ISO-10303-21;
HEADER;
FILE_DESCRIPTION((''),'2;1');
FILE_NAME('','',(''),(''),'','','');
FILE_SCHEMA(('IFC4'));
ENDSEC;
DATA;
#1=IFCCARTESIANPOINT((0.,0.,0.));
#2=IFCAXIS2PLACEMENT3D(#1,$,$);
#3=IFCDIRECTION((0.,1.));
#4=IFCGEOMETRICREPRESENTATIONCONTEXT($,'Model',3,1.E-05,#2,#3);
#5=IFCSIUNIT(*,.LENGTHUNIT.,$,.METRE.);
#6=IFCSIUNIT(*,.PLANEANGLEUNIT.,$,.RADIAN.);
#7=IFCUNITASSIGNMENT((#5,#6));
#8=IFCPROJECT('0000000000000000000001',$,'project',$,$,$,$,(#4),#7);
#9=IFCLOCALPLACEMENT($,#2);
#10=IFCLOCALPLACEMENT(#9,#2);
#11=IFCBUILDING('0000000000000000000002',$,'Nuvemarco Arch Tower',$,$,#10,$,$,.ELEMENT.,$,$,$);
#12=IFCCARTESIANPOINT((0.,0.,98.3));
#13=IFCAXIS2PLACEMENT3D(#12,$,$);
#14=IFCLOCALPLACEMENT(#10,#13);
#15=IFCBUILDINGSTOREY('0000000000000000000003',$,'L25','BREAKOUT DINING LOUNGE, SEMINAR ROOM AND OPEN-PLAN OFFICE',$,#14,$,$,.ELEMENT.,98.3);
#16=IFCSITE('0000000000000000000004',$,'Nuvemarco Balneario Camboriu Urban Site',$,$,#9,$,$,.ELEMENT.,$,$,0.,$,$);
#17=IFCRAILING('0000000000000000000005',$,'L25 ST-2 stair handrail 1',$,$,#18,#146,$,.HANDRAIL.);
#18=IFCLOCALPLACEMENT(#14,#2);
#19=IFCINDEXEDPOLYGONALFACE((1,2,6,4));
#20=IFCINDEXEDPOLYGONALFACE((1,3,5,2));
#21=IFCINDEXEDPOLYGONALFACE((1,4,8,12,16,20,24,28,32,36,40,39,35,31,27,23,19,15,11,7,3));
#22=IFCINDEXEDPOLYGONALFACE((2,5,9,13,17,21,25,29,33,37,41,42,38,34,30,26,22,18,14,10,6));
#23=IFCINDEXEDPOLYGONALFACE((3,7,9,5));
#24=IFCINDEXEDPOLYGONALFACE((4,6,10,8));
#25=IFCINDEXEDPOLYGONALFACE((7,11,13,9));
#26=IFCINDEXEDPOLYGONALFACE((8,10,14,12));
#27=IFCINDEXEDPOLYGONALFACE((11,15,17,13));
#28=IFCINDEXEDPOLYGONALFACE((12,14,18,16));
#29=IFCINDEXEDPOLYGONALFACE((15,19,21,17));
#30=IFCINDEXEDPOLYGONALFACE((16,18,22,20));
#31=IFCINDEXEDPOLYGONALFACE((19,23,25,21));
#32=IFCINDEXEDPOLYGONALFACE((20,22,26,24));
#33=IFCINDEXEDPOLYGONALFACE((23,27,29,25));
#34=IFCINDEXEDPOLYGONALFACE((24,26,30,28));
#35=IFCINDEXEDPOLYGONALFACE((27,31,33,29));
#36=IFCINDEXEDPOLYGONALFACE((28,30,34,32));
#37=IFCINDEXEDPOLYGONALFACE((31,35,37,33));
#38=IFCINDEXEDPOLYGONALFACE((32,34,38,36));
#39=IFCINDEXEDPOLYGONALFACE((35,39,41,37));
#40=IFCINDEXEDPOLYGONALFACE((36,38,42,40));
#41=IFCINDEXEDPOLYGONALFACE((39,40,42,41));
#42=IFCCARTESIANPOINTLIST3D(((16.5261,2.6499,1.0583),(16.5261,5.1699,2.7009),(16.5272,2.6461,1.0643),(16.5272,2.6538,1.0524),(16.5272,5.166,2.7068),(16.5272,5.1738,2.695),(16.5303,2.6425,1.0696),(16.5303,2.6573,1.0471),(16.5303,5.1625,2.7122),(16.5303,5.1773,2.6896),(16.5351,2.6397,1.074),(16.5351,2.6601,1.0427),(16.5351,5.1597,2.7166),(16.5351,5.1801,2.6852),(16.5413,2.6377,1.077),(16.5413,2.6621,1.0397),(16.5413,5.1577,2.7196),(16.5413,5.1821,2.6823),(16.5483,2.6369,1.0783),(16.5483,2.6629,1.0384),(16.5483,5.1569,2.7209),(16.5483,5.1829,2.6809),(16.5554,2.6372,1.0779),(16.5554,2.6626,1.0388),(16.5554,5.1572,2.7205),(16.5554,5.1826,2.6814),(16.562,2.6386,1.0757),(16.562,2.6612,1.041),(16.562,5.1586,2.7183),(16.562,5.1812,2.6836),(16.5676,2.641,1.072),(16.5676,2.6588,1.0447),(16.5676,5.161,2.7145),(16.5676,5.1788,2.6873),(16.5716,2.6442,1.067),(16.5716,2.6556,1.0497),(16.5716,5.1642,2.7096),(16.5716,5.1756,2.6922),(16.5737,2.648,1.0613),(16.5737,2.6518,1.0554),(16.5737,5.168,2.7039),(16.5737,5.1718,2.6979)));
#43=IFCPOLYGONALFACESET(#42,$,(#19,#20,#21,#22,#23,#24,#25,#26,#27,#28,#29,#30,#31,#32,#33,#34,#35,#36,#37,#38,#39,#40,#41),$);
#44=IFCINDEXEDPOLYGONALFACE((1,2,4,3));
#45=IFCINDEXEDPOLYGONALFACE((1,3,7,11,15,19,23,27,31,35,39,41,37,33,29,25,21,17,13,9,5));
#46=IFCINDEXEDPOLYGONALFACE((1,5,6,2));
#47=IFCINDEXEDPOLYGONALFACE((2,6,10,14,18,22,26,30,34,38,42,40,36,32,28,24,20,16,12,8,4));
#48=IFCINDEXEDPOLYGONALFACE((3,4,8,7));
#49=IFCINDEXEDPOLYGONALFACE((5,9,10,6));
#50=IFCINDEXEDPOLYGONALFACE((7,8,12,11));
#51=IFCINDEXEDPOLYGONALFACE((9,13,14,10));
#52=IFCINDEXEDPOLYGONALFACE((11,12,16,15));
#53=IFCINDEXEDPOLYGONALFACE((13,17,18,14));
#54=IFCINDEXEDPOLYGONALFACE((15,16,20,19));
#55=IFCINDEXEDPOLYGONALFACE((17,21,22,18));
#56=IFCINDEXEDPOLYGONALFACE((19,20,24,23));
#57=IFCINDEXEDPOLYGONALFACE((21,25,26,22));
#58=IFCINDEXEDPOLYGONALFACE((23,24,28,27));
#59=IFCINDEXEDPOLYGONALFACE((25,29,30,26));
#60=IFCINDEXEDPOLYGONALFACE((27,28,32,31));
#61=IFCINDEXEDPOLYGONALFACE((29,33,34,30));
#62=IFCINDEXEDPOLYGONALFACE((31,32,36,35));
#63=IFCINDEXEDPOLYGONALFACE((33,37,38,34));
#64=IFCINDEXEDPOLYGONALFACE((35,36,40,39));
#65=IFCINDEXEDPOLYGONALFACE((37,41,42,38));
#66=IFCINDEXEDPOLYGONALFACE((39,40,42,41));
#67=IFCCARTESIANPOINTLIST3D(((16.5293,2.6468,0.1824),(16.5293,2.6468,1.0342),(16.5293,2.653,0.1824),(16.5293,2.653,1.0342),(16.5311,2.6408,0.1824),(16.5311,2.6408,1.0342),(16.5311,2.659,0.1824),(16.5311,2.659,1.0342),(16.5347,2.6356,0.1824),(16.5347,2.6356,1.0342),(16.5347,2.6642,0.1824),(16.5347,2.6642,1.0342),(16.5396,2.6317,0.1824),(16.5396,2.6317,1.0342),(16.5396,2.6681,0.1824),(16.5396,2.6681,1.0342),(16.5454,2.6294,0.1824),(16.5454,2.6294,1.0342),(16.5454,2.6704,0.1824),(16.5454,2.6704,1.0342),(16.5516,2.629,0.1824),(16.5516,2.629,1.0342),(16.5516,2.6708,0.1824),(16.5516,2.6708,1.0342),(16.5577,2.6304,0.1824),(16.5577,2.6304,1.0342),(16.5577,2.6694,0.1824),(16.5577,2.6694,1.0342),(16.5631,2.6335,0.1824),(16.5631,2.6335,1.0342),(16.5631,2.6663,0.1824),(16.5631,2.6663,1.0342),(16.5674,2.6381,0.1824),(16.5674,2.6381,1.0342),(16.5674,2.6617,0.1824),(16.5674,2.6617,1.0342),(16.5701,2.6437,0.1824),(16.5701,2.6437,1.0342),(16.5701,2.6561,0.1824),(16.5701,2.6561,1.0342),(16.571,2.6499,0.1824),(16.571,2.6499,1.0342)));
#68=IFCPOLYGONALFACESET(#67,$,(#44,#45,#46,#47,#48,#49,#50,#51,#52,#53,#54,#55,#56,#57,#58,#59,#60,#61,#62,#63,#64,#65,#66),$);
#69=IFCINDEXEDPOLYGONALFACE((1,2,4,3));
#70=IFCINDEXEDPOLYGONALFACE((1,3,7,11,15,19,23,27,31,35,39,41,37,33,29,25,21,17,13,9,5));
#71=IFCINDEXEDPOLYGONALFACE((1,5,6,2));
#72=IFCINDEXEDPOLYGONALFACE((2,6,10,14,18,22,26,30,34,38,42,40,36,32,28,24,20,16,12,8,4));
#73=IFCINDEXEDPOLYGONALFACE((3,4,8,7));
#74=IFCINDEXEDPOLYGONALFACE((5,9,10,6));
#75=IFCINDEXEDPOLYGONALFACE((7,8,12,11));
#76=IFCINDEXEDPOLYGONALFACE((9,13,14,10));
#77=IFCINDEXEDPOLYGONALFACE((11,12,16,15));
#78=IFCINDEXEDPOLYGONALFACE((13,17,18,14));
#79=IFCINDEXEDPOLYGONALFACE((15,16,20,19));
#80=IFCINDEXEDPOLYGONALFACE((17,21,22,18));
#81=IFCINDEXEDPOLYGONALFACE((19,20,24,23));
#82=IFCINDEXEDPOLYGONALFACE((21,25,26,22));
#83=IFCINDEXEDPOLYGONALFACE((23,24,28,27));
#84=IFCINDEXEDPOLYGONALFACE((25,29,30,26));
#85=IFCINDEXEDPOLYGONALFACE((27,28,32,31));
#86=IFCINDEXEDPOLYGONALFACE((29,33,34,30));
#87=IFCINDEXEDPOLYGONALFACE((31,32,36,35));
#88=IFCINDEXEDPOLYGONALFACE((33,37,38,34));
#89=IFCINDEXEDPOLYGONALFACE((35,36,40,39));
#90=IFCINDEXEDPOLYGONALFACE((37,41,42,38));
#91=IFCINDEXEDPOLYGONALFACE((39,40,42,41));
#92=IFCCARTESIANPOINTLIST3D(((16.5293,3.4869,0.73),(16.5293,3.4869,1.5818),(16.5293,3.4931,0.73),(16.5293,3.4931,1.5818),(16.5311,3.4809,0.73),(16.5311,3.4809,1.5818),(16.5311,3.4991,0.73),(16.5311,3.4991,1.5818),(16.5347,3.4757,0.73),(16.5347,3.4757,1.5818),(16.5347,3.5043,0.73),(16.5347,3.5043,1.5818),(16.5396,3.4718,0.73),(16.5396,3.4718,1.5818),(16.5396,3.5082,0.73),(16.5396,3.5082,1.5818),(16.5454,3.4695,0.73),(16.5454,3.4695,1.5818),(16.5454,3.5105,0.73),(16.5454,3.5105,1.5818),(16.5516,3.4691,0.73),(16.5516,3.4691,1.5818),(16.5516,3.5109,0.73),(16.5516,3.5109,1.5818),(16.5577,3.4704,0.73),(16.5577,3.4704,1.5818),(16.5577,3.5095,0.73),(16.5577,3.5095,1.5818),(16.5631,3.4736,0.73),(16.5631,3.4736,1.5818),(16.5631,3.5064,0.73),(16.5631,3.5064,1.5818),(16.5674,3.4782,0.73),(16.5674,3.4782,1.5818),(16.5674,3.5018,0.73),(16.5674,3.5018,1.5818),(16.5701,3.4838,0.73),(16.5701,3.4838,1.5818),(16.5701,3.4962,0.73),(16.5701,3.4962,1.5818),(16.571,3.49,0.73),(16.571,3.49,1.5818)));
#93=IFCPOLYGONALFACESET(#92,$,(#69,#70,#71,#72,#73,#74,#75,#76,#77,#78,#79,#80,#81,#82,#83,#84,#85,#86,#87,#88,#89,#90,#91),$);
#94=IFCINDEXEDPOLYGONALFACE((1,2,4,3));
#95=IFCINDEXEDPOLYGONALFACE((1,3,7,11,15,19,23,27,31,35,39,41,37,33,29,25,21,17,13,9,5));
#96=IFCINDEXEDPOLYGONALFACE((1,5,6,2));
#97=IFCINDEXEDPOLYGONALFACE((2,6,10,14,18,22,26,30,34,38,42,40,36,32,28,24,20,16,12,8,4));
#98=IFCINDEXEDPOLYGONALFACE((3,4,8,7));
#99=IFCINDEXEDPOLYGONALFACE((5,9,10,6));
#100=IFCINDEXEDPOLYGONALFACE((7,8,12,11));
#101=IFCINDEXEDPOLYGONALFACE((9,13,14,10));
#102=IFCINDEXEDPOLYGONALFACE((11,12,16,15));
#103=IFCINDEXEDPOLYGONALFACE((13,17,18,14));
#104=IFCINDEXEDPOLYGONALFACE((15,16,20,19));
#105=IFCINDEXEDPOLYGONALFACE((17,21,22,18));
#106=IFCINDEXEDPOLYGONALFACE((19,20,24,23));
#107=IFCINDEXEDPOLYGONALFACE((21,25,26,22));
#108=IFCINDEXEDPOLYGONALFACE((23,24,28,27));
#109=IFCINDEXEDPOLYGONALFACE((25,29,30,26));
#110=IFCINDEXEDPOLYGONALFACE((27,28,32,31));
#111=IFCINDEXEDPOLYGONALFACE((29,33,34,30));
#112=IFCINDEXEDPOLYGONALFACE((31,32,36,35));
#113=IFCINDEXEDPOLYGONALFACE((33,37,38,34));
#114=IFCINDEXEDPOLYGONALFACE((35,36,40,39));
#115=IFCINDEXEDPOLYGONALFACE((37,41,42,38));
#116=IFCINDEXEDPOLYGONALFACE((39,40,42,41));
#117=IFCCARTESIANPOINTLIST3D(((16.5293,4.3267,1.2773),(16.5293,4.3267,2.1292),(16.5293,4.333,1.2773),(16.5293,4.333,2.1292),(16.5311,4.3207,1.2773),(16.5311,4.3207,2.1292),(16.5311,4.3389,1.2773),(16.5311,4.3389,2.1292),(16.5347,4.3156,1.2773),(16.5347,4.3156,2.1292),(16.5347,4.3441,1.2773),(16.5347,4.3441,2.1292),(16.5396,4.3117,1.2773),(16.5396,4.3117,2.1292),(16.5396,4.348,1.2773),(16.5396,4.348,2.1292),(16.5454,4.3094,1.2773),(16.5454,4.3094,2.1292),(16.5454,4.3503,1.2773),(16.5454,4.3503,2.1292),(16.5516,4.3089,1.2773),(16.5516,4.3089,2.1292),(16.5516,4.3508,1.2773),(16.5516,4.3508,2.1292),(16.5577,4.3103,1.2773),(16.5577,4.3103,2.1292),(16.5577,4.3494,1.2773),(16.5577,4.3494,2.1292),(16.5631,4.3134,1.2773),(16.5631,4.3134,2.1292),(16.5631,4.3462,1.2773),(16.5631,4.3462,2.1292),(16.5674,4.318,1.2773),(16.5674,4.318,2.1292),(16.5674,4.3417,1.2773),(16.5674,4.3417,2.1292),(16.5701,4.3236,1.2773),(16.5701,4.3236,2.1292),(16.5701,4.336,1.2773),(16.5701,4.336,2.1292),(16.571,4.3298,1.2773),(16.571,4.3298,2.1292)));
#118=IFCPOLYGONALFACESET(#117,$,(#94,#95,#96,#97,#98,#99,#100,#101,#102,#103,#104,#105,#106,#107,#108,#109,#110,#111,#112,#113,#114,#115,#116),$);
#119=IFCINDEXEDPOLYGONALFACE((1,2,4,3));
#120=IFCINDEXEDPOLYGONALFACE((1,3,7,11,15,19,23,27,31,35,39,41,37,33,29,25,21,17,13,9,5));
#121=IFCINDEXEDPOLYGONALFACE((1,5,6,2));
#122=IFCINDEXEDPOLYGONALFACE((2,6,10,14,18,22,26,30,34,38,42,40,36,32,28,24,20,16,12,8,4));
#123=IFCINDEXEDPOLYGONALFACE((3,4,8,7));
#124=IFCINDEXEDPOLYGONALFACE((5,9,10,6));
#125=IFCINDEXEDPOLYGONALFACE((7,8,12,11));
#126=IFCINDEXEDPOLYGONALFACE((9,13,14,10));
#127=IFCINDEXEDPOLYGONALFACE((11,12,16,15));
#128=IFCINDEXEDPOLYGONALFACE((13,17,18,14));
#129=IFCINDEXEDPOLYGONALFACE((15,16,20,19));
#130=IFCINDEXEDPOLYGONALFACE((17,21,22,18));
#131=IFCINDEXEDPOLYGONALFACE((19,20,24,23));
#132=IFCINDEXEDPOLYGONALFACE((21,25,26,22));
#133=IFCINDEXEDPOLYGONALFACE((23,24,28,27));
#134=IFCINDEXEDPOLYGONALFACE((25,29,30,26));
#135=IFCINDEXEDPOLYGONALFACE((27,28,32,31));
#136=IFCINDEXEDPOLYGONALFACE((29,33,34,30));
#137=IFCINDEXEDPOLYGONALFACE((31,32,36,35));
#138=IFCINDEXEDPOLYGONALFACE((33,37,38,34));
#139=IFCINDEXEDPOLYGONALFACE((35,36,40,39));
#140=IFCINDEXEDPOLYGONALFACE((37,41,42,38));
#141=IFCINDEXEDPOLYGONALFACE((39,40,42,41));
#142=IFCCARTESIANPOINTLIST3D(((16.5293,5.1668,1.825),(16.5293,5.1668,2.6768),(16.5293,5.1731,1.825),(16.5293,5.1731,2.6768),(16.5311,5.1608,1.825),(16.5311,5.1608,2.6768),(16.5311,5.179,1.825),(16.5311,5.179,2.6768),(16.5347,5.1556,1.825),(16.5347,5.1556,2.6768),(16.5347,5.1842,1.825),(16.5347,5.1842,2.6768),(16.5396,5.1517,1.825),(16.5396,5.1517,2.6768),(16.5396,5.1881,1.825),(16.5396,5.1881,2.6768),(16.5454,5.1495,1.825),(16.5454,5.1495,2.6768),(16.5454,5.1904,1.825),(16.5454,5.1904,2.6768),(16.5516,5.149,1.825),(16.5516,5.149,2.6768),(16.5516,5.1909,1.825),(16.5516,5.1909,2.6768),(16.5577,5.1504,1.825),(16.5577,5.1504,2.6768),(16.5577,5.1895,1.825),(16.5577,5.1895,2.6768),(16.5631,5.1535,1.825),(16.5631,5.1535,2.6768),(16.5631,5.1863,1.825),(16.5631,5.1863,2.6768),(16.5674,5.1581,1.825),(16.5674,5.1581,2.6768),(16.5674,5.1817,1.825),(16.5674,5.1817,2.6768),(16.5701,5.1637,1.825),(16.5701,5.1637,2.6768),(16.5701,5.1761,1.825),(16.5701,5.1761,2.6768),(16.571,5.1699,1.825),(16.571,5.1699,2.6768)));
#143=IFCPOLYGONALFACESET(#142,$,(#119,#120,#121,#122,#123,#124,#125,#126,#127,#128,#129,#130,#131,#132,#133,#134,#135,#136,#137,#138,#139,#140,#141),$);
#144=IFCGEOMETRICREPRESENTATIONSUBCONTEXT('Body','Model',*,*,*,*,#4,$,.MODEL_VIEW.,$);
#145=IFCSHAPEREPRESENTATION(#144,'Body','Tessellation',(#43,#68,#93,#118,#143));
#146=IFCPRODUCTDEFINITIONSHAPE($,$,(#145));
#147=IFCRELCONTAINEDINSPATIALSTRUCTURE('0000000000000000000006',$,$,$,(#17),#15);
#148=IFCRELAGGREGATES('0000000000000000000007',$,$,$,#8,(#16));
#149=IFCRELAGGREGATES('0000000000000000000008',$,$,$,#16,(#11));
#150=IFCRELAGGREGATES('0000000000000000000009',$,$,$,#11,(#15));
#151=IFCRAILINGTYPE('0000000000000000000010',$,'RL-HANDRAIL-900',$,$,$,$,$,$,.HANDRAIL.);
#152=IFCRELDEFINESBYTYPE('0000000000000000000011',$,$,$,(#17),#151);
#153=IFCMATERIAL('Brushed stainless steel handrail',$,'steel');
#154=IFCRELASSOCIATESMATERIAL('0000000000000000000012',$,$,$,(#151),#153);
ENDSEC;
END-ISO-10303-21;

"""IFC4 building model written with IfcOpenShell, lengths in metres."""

from ifc_helpers import new_model, si_unit, direction, frame, origin, origin_2d, place, context, subcontext, project, spatial, circle, extrude, material, type_object, element, save


model = new_model("IFC4")

# Units and contexts
model_context = context("Model", 3, precision=1e-05, world=origin(), true_north=direction((0.0, 1.0)))
body_context = subcontext(model_context, "Body", "Model", "MODEL_VIEW")
ifc_project = project(units=[si_unit("LENGTHUNIT", "METRE"), si_unit("PLANEANGLEUNIT", "RADIAN")], contexts=[model_context])

# Site, building, storey
site_placement = place(None, origin())
site = spatial("IfcSite", under=ifc_project, at=site_placement, Name="Nuvemarco Balneario Camboriu Urban Site", CompositionType="ELEMENT", RefElevation=0.0)
building_placement = place(site_placement, origin())
building = spatial("IfcBuilding", under=site, at=building_placement, Name="Nuvemarco Arch Tower", CompositionType="ELEMENT")
storey_placement = place(building_placement, frame((0.0, 0.0, 98.3)))
storey = spatial("IfcBuildingStorey", under=building, at=storey_placement, Name="L25", Description="BREAKOUT DINING LOUNGE, SEMINAR ROOM AND OPEN-PLAN OFFICE", CompositionType="ELEMENT", Elevation=98.3)

# Railing
ifc_material_1 = material(Name="Brushed stainless steel handrail", Category="steel")
railing_type_1 = type_object("IfcRailingType", Name="RL-HANDRAIL-900", PredefinedType="HANDRAIL", material=ifc_material_1)
railing_1_placement = place(storey_placement, frame((16.55, 2.6499, 0.1824)))
element("IfcRailing", 1, at=railing_1_placement, inside=storey, type_object=railing_type_1, Name="L25 ST-2 stair handrail 1", PredefinedType="HANDRAIL", context=body_context, shape_type="SweptSolid", body=[
    extrude(circle(Radius=0.0239, at=origin_2d()), frame((0.0, 0.0, 0.876), z_axis=(0.0, 0.837749, 0.546055), x_axis=(-1.0, 0.0, 0.0)), (0.0, 0.0, 1.0), 3.0081),
    extrude(circle(Radius=0.021, at=origin_2d()), origin(), (0.0, 0.0, 1.0), 0.8518),
    extrude(circle(Radius=0.021, at=origin_2d()), frame((0.0, 0.8401, 0.5476)), (0.0, 0.0, 1.0), 0.8518),
    extrude(circle(Radius=0.021, at=origin_2d()), frame((0.0, 1.6799, 1.095)), (0.0, 0.0, 1.0), 0.8518),
    extrude(circle(Radius=0.021, at=origin_2d()), frame((0.0, 2.52, 1.6426)), (0.0, 0.0, 1.0), 0.8518),
])

save(model, "model.ifc")
